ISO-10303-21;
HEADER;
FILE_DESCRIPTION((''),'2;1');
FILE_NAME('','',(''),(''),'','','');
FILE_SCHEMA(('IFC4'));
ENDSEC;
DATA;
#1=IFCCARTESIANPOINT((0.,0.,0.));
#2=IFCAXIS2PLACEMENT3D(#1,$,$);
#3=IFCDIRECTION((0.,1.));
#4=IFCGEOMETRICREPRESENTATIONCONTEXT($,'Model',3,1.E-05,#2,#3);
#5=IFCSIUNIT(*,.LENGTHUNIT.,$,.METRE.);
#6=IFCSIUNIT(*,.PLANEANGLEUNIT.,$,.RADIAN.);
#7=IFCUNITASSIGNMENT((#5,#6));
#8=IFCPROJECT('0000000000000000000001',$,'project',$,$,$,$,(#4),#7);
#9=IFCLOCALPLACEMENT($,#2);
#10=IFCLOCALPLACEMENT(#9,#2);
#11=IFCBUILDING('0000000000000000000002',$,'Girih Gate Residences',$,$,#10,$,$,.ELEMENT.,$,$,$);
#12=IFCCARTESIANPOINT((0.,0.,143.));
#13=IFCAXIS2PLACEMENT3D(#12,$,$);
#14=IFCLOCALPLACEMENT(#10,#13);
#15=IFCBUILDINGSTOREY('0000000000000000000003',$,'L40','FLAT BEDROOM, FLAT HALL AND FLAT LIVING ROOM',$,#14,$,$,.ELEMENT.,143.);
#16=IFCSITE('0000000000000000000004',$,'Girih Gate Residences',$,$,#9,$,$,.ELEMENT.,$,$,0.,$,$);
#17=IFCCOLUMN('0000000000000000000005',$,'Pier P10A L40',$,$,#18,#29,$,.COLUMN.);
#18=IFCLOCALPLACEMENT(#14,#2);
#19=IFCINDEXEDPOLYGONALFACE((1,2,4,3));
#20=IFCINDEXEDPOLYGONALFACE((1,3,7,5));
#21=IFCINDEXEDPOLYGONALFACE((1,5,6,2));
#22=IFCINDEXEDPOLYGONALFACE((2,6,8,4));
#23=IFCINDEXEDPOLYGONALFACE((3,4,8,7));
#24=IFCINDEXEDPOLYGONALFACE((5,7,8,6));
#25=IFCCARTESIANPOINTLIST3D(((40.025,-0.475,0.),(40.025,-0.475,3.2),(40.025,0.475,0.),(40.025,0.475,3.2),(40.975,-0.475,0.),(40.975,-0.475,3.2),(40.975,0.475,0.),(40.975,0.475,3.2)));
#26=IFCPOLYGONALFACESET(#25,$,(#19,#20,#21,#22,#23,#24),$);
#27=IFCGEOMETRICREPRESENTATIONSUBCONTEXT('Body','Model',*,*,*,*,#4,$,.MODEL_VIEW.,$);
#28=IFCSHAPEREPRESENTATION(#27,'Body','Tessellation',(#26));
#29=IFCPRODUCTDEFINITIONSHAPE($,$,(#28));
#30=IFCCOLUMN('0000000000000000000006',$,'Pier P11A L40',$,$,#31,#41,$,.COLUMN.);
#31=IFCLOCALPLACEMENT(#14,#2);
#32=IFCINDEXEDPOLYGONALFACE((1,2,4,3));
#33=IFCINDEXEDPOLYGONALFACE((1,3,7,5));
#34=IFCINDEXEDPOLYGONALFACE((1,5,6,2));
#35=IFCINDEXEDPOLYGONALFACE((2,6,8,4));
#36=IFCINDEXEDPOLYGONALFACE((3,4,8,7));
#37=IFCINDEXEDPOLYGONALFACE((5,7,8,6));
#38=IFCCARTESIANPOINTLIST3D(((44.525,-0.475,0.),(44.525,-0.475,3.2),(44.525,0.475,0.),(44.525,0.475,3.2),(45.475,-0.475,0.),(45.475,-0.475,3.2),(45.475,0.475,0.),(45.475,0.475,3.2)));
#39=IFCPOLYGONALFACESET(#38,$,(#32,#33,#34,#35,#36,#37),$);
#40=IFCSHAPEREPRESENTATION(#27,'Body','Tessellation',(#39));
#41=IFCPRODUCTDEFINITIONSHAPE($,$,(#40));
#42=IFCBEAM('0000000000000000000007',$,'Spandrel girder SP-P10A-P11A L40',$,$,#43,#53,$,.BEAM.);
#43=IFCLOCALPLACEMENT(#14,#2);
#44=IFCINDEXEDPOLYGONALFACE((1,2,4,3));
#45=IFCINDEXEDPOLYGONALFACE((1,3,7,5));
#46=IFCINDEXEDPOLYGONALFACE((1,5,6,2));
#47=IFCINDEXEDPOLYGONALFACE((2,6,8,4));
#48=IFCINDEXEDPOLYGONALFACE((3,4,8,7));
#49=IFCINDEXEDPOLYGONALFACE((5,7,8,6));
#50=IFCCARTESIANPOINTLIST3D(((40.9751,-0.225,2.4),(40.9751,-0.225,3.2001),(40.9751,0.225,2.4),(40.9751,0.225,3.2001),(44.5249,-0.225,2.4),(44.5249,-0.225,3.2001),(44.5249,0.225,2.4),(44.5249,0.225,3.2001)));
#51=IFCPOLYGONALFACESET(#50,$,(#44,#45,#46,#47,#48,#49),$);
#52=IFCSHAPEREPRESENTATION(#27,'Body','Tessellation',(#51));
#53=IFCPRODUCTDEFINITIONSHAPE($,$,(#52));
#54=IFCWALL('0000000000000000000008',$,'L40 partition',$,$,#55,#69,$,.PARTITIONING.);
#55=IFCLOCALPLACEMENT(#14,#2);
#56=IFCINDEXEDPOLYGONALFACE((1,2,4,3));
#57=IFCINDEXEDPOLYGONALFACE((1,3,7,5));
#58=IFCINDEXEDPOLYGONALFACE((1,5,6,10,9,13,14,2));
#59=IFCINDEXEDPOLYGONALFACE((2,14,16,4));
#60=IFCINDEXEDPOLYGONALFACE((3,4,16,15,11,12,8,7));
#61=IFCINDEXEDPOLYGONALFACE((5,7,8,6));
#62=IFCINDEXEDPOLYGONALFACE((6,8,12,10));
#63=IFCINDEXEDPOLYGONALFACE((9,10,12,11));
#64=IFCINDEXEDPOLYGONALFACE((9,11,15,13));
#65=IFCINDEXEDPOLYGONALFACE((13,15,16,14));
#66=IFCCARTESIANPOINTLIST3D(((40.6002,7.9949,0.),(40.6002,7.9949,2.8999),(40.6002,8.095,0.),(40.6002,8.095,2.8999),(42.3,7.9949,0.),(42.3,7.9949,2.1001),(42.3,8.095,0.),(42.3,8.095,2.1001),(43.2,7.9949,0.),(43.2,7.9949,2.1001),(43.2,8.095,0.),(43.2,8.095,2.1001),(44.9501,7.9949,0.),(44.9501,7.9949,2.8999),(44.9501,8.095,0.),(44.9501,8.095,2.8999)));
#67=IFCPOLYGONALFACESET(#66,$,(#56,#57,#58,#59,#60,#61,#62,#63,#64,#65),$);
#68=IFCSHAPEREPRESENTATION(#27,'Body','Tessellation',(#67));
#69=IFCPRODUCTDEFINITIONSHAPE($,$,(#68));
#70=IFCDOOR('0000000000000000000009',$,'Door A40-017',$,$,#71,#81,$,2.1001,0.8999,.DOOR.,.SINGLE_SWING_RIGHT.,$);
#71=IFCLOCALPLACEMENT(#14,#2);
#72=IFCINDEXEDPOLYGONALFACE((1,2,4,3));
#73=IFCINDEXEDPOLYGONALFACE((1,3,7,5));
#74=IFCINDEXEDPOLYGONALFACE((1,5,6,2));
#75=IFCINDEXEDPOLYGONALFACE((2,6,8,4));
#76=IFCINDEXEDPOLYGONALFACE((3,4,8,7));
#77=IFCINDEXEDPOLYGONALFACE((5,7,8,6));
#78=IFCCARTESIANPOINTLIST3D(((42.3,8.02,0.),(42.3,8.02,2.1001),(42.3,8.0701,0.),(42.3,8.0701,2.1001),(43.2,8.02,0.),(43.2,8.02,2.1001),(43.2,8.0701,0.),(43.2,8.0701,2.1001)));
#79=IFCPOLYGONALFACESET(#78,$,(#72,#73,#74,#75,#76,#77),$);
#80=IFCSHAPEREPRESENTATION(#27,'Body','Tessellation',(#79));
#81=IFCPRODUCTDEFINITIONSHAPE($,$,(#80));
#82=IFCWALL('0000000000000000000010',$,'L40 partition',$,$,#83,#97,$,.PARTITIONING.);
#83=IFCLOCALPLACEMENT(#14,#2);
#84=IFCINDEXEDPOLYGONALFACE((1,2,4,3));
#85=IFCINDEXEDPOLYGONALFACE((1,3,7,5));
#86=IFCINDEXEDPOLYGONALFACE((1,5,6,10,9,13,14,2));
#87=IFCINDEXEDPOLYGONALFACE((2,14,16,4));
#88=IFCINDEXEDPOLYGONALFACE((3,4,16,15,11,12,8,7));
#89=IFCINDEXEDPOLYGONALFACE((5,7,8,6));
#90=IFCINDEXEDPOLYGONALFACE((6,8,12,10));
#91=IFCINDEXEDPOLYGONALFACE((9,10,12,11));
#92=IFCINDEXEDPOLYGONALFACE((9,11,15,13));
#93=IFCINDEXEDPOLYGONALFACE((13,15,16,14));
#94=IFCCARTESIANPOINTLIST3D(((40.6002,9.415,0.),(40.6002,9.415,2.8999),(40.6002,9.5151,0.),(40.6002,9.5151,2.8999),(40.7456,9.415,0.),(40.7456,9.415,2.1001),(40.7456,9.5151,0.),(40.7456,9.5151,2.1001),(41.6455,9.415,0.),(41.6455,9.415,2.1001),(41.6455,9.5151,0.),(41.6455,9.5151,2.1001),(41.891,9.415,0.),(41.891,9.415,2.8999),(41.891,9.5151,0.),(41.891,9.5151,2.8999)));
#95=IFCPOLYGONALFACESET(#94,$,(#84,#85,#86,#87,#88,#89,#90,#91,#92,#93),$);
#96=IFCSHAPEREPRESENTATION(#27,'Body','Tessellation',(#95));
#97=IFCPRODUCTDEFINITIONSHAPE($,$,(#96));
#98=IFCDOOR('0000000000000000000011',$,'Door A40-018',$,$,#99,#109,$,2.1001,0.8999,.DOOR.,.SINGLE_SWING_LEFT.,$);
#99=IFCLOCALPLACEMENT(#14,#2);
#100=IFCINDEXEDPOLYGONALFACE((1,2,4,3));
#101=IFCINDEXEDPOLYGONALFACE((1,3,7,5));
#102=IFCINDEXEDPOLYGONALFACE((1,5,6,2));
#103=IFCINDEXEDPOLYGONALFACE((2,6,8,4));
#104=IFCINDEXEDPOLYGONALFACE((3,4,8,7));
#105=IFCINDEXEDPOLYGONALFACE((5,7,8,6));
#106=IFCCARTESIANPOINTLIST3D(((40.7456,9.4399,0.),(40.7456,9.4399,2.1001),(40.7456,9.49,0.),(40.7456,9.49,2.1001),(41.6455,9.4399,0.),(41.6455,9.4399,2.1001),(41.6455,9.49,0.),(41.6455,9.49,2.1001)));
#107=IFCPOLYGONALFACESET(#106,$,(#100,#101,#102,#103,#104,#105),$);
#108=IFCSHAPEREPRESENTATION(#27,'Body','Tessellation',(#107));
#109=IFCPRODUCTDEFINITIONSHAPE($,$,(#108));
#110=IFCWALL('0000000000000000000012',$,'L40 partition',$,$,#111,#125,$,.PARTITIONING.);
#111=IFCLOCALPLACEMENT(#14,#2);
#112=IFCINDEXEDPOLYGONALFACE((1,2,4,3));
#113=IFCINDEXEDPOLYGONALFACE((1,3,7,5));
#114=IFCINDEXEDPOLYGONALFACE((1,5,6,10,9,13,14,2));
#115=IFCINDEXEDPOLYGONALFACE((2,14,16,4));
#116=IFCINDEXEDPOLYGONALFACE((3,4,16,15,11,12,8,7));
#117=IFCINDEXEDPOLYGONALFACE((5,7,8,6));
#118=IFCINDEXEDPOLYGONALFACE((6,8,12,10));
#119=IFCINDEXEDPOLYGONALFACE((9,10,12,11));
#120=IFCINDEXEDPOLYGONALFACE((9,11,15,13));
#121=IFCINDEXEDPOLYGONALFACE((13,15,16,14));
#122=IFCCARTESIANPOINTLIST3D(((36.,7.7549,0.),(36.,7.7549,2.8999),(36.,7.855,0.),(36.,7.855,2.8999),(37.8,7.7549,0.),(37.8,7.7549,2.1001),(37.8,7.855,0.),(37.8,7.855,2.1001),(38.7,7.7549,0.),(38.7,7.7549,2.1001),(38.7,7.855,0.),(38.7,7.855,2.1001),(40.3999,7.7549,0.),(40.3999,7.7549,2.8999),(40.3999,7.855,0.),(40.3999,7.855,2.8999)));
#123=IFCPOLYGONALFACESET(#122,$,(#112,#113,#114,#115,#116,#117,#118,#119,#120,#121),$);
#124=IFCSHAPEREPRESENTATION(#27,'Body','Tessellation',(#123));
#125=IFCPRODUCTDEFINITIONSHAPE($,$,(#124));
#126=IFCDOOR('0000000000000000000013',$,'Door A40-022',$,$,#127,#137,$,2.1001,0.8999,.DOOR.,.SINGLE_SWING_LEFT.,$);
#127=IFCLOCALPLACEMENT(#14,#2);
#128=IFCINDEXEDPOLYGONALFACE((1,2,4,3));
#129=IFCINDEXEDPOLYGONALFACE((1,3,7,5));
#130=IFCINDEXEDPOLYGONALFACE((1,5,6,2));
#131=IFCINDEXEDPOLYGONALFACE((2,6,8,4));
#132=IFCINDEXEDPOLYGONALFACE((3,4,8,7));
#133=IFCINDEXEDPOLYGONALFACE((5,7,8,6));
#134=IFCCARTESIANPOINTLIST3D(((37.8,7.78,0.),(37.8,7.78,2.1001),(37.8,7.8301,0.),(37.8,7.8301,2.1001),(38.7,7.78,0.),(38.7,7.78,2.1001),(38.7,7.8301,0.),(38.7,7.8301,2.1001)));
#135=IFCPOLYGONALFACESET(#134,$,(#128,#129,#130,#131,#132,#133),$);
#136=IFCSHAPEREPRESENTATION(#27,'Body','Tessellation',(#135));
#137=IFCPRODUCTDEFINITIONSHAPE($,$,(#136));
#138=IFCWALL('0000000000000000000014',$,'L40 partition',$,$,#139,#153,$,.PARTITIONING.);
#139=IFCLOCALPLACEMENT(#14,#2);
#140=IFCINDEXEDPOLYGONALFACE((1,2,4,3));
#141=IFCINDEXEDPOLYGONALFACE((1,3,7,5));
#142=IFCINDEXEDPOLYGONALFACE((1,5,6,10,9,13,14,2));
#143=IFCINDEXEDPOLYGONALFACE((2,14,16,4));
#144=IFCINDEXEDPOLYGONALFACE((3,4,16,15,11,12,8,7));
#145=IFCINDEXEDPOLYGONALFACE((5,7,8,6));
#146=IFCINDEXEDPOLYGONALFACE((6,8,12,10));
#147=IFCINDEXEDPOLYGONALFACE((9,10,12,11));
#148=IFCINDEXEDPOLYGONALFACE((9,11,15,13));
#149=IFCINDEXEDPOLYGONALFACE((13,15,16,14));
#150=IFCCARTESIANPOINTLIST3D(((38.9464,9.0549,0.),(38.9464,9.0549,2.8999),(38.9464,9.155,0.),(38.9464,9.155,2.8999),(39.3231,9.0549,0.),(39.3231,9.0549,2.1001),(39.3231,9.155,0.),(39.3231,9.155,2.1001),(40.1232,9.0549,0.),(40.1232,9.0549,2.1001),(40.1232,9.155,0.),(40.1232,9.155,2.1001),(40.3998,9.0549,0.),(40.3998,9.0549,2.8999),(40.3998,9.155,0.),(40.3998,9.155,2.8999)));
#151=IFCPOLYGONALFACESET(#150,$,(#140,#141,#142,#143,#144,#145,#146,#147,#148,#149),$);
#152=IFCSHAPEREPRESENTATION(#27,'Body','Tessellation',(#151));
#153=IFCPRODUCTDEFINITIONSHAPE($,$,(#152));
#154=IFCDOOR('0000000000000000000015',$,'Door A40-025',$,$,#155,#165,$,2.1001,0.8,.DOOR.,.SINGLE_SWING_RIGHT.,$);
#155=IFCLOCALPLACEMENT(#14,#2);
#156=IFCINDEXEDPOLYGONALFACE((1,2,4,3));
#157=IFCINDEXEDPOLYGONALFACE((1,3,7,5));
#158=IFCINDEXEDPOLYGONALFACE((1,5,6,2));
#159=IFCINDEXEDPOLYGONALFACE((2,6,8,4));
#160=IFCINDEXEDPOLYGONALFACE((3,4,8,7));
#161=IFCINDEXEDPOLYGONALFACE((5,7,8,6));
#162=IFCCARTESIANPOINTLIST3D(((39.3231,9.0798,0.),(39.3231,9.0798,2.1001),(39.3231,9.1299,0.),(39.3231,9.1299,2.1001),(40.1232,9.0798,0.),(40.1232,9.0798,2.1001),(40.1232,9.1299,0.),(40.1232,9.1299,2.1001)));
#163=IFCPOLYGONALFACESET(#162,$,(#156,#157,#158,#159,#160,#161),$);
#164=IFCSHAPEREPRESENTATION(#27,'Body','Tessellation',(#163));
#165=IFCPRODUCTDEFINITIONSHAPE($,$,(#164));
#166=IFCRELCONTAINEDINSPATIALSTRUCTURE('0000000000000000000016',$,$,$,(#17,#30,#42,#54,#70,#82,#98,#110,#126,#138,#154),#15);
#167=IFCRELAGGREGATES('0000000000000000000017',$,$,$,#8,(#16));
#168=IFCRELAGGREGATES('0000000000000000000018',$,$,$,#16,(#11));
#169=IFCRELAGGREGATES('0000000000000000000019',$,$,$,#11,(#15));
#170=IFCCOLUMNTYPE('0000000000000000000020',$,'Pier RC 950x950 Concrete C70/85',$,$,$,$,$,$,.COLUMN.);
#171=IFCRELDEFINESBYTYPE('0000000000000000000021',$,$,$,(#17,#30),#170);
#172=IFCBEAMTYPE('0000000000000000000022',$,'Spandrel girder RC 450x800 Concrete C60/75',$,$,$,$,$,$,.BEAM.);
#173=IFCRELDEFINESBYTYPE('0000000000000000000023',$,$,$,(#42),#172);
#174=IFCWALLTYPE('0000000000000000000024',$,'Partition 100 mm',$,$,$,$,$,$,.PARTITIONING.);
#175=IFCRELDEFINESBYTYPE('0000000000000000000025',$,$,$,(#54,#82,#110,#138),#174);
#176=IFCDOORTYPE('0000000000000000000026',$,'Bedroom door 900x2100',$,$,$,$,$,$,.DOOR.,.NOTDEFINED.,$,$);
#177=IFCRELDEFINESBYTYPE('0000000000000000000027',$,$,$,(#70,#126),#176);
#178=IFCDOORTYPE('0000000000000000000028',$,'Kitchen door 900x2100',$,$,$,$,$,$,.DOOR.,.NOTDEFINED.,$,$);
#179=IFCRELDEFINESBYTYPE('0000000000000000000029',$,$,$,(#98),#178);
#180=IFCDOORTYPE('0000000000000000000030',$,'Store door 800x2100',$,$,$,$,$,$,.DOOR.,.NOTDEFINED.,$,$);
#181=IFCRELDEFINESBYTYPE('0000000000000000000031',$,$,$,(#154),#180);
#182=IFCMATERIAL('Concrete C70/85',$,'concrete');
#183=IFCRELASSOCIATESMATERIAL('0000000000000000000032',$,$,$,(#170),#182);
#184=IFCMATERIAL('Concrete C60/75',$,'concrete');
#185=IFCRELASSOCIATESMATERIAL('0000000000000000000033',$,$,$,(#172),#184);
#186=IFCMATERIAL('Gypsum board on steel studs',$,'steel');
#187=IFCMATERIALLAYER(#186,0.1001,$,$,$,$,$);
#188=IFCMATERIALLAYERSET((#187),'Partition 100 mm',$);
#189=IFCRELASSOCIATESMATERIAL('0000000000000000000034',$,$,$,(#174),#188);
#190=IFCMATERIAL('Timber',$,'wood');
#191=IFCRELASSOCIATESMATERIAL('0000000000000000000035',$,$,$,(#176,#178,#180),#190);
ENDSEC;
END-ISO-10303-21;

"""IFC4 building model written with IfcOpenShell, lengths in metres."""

from ifc_helpers import new_model, si_unit, direction, frame, frame_2d, origin, origin_2d, place, context, subcontext, project, spatial, rectangle, extrude, material, layer, layer_set, material_profile, profile_set, type_object, element, fill, save


model = new_model("IFC4")

# Units and contexts
model_context = context("Model", 3, precision=1e-05, world=origin(), true_north=direction((0.0, 1.0)))
body_context = subcontext(model_context, "Body", "Model", "MODEL_VIEW")
ifc_project = project(units=[si_unit("LENGTHUNIT", "METRE"), si_unit("PLANEANGLEUNIT", "RADIAN")], contexts=[model_context])

# Site, building, storey
site_placement = place(None, origin())
site = spatial("IfcSite", under=ifc_project, at=site_placement, Name="Girih Gate Residences", CompositionType="ELEMENT", RefElevation=0.0)
building_placement = place(site_placement, origin())
building = spatial("IfcBuilding", under=site, at=building_placement, Name="Girih Gate Residences", CompositionType="ELEMENT")
storey_placement = place(building_placement, frame((0.0, 0.0, 143.0)))
storey = spatial("IfcBuildingStorey", under=building, at=storey_placement, Name="L40", Description="FLAT BEDROOM, FLAT HALL AND FLAT LIVING ROOM", CompositionType="ELEMENT", Elevation=143.0)

# Columns
ifc_material_1 = material(Name="Concrete C70/85", Category="concrete")
ifc_material_profile_1 = material_profile(ifc_material_1, rectangle(XDim=0.95, YDim=0.95, at=origin_2d()))
ifc_profile_set_1 = profile_set([ifc_material_profile_1], Name="Concrete C70/85")
column_type = type_object("IfcColumnType", Name="Pier RC 950x950 Concrete C70/85", PredefinedType="COLUMN", material=ifc_profile_set_1)
for number, where, z_axis, x_axis, name in (
    (1, (40.5, 0.0, 0.0), (0.0, 0.0, 1.0), (1.0, 0.0, 0.0), "Pier P10A L40"),
    (2, (45.0, 0.0, 0.0), (0.0, 0.0, 1.0), (1.0, 0.0, 0.0), "Pier P11A L40"),
):
    element("IfcColumn", number, at=place(storey_placement, frame(where, z_axis=z_axis, x_axis=x_axis)), inside=storey, type_object=column_type, Name=name, PredefinedType="COLUMN", context=body_context, shape_type="SweptSolid", body=[
        extrude(rectangle(XDim=0.95, YDim=0.95, at=origin_2d()), origin(), (0.0, 0.0, 1.0), 3.2),
    ])

# Beam
ifc_material_2 = material(Name="Concrete C60/75", Category="concrete")
ifc_material_profile_2 = material_profile(ifc_material_2, rectangle(XDim=0.45, YDim=0.8, at=origin_2d()))
ifc_profile_set_2 = profile_set([ifc_material_profile_2], Name="Concrete C60/75")
beam_type = type_object("IfcBeamType", Name="Spandrel girder RC 450x800 Concrete C60/75", PredefinedType="BEAM", material=ifc_profile_set_2)
beam_placement = place(storey_placement, frame((40.9751, 0.0, 2.8), z_axis=(1.0, 0.0, 0.0), x_axis=(0.0, 1.0, 0.0)))
element("IfcBeam", 3, at=beam_placement, inside=storey, type_object=beam_type, Name="Spandrel girder SP-P10A-P11A L40", PredefinedType="BEAM", context=body_context, shape_type="SweptSolid", body=[
    extrude(rectangle(XDim=0.45, YDim=0.8, at=origin_2d()), origin(), (0.0, 0.0, 1.0), 3.5498),
])

# Walls, openings, doors
ifc_material_3 = material(Name="Gypsum board on steel studs", Category="steel")
ifc_layer_1 = layer(ifc_material_3, 0.1001)
ifc_layer_set_1 = layer_set([ifc_layer_1], Name="Partition 100 mm")
wall_type_1 = type_object("IfcWallType", Name="Partition 100 mm", PredefinedType="PARTITIONING", material=ifc_layer_set_1)
wall_1_placement = place(storey_placement, frame((44.95, 8.0449, 0.0), z_axis=(0.0, 0.0, 1.0), x_axis=(-1.0, 0.0, 0.0)))
wall_1 = element("IfcWall", 4, at=wall_1_placement, inside=storey, type_object=wall_type_1, Name="L40 partition", PredefinedType="PARTITIONING", context=body_context, shape_type="SweptSolid", body=[
    extrude(rectangle(XDim=4.3499, YDim=0.1001, at=frame_2d((2.1748, 0.0))), origin(), (0.0, 0.0, 1.0), 2.8999),
])
opening_1_placement = place(wall_1_placement, frame((1.75, 0.0, 0.0)))
opening_1 = element("IfcOpeningElement", 5, at=opening_1_placement, cuts=wall_1, PredefinedType="OPENING", context=body_context, shape_type="SweptSolid", body=[
    extrude(rectangle(XDim=0.8999, YDim=2.1001, at=frame_2d((0.45, 1.05))), frame((0.0, 0.0601, 0.0), z_axis=(0.0, -1.0, 0.0), x_axis=(1.0, 0.0, 0.0)), (0.0, 0.0, 1.0), 0.1201),
])
ifc_material_4 = material(Name="Timber", Category="wood")
door_type_1 = type_object("IfcDoorType", Name="Bedroom door 900x2100", OperationType="NOTDEFINED", PredefinedType="DOOR", material=ifc_material_4)
door_1_placement = place(opening_1_placement, origin())
door_1 = element("IfcDoor", 6, at=door_1_placement, inside=storey, type_object=door_type_1, Name="Door A40-017", OperationType="SINGLE_SWING_RIGHT", OverallHeight=2.1001, OverallWidth=0.8999, PredefinedType="DOOR", context=body_context, shape_type="SweptSolid", body=[
    extrude(rectangle(XDim=0.8999, YDim=2.1001, at=frame_2d((0.45, 1.05))), frame((0.0, 0.0249, 0.0), z_axis=(0.0, -1.0, 0.0), x_axis=(1.0, 0.0, 0.0)), (0.0, 0.0, 1.0), 0.05),
])
fill(opening_1, door_1)
wall_2_placement = place(storey_placement, frame((40.6001, 9.4651, 0.0), z_axis=(0.0, 0.0, 1.0), x_axis=(1.0, 0.0, 0.0)))
wall_2 = element("IfcWall", 7, at=wall_2_placement, inside=storey, type_object=wall_type_1, Name="L40 partition", PredefinedType="PARTITIONING", context=body_context, shape_type="SweptSolid", body=[
    extrude(rectangle(XDim=1.2908, YDim=0.1001, at=frame_2d((0.6455, 0.0))), origin(), (0.0, 0.0, 1.0), 2.8999),
])
opening_2_placement = place(wall_2_placement, frame((0.1455, 0.0, 0.0)))
opening_2 = element("IfcOpeningElement", 8, at=opening_2_placement, cuts=wall_2, PredefinedType="OPENING", context=body_context, shape_type="SweptSolid", body=[
    extrude(rectangle(XDim=0.8999, YDim=2.1001, at=frame_2d((0.45, 1.05))), frame((0.0, 0.0601, 0.0), z_axis=(0.0, -1.0, 0.0), x_axis=(1.0, 0.0, 0.0)), (0.0, 0.0, 1.0), 0.1201),
])
door_type_2 = type_object("IfcDoorType", Name="Kitchen door 900x2100", OperationType="NOTDEFINED", PredefinedType="DOOR", material=ifc_material_4)
door_2_placement = place(opening_2_placement, origin())
door_2 = element("IfcDoor", 9, at=door_2_placement, inside=storey, type_object=door_type_2, Name="Door A40-018", OperationType="SINGLE_SWING_LEFT", OverallHeight=2.1001, OverallWidth=0.8999, PredefinedType="DOOR", context=body_context, shape_type="SweptSolid", body=[
    extrude(rectangle(XDim=0.8999, YDim=2.1001, at=frame_2d((0.45, 1.05))), frame((0.0, 0.0249, 0.0), z_axis=(0.0, -1.0, 0.0), x_axis=(1.0, 0.0, 0.0)), (0.0, 0.0, 1.0), 0.05),
])
fill(opening_2, door_2)
wall_3_placement = place(storey_placement, frame((40.3999, 7.8049, 0.0), z_axis=(0.0, 0.0, 1.0), x_axis=(-1.0, 0.0, 0.0)))
wall_3 = element("IfcWall", 10, at=wall_3_placement, inside=storey, type_object=wall_type_1, Name="L40 partition", PredefinedType="PARTITIONING", context=body_context, shape_type="SweptSolid", body=[
    extrude(rectangle(XDim=4.3999, YDim=0.1001, at=frame_2d((2.2, 0.0))), origin(), (0.0, 0.0, 1.0), 2.8999),
])
opening_3_placement = place(wall_3_placement, frame((1.7, 0.0, 0.0)))
opening_3 = element("IfcOpeningElement", 11, at=opening_3_placement, cuts=wall_3, PredefinedType="OPENING", context=body_context, shape_type="SweptSolid", body=[
    extrude(rectangle(XDim=0.8999, YDim=2.1001, at=frame_2d((0.45, 1.05))), frame((0.0, 0.0601, 0.0), z_axis=(0.0, -1.0, 0.0), x_axis=(1.0, 0.0, 0.0)), (0.0, 0.0, 1.0), 0.1201),
])
door_3_placement = place(opening_3_placement, origin())
door_3 = element("IfcDoor", 12, at=door_3_placement, inside=storey, type_object=door_type_1, Name="Door A40-022", OperationType="SINGLE_SWING_LEFT", OverallHeight=2.1001, OverallWidth=0.8999, PredefinedType="DOOR", context=body_context, shape_type="SweptSolid", body=[
    extrude(rectangle(XDim=0.8999, YDim=2.1001, at=frame_2d((0.45, 1.05))), frame((0.0, 0.0249, 0.0), z_axis=(0.0, -1.0, 0.0), x_axis=(1.0, 0.0, 0.0)), (0.0, 0.0, 1.0), 0.05),
])
fill(opening_3, door_3)
wall_4_placement = place(storey_placement, frame((38.9465, 9.105, 0.0), z_axis=(0.0, 0.0, 1.0), x_axis=(1.0, 0.0, 0.0)))
wall_4 = element("IfcWall", 13, at=wall_4_placement, inside=storey, type_object=wall_type_1, Name="L40 partition", PredefinedType="PARTITIONING", context=body_context, shape_type="SweptSolid", body=[
    extrude(rectangle(XDim=1.4534, YDim=0.1001, at=frame_2d((0.7266, 0.0))), origin(), (0.0, 0.0, 1.0), 2.8999),
])
opening_4_placement = place(wall_4_placement, frame((0.3767, 0.0, 0.0)))
opening_4 = element("IfcOpeningElement", 14, at=opening_4_placement, cuts=wall_4, PredefinedType="OPENING", context=body_context, shape_type="SweptSolid", body=[
    extrude(rectangle(XDim=0.8, YDim=2.1001, at=frame_2d((0.3999, 1.05))), frame((0.0, 0.0601, 0.0), z_axis=(0.0, -1.0, 0.0), x_axis=(1.0, 0.0, 0.0)), (0.0, 0.0, 1.0), 0.1201),
])
door_type_3 = type_object("IfcDoorType", Name="Store door 800x2100", OperationType="NOTDEFINED", PredefinedType="DOOR", material=ifc_material_4)
door_4_placement = place(opening_4_placement, origin())
door_4 = element("IfcDoor", 15, at=door_4_placement, inside=storey, type_object=door_type_3, Name="Door A40-025", OperationType="SINGLE_SWING_RIGHT", OverallHeight=2.1001, OverallWidth=0.8, PredefinedType="DOOR", context=body_context, shape_type="SweptSolid", body=[
    extrude(rectangle(XDim=0.8, YDim=2.1001, at=frame_2d((0.3999, 1.05))), frame((0.0, 0.0249, 0.0), z_axis=(0.0, -1.0, 0.0), x_axis=(1.0, 0.0, 0.0)), (0.0, 0.0, 1.0), 0.05),
])
fill(opening_4, door_4)

save(model, "model.ifc")
